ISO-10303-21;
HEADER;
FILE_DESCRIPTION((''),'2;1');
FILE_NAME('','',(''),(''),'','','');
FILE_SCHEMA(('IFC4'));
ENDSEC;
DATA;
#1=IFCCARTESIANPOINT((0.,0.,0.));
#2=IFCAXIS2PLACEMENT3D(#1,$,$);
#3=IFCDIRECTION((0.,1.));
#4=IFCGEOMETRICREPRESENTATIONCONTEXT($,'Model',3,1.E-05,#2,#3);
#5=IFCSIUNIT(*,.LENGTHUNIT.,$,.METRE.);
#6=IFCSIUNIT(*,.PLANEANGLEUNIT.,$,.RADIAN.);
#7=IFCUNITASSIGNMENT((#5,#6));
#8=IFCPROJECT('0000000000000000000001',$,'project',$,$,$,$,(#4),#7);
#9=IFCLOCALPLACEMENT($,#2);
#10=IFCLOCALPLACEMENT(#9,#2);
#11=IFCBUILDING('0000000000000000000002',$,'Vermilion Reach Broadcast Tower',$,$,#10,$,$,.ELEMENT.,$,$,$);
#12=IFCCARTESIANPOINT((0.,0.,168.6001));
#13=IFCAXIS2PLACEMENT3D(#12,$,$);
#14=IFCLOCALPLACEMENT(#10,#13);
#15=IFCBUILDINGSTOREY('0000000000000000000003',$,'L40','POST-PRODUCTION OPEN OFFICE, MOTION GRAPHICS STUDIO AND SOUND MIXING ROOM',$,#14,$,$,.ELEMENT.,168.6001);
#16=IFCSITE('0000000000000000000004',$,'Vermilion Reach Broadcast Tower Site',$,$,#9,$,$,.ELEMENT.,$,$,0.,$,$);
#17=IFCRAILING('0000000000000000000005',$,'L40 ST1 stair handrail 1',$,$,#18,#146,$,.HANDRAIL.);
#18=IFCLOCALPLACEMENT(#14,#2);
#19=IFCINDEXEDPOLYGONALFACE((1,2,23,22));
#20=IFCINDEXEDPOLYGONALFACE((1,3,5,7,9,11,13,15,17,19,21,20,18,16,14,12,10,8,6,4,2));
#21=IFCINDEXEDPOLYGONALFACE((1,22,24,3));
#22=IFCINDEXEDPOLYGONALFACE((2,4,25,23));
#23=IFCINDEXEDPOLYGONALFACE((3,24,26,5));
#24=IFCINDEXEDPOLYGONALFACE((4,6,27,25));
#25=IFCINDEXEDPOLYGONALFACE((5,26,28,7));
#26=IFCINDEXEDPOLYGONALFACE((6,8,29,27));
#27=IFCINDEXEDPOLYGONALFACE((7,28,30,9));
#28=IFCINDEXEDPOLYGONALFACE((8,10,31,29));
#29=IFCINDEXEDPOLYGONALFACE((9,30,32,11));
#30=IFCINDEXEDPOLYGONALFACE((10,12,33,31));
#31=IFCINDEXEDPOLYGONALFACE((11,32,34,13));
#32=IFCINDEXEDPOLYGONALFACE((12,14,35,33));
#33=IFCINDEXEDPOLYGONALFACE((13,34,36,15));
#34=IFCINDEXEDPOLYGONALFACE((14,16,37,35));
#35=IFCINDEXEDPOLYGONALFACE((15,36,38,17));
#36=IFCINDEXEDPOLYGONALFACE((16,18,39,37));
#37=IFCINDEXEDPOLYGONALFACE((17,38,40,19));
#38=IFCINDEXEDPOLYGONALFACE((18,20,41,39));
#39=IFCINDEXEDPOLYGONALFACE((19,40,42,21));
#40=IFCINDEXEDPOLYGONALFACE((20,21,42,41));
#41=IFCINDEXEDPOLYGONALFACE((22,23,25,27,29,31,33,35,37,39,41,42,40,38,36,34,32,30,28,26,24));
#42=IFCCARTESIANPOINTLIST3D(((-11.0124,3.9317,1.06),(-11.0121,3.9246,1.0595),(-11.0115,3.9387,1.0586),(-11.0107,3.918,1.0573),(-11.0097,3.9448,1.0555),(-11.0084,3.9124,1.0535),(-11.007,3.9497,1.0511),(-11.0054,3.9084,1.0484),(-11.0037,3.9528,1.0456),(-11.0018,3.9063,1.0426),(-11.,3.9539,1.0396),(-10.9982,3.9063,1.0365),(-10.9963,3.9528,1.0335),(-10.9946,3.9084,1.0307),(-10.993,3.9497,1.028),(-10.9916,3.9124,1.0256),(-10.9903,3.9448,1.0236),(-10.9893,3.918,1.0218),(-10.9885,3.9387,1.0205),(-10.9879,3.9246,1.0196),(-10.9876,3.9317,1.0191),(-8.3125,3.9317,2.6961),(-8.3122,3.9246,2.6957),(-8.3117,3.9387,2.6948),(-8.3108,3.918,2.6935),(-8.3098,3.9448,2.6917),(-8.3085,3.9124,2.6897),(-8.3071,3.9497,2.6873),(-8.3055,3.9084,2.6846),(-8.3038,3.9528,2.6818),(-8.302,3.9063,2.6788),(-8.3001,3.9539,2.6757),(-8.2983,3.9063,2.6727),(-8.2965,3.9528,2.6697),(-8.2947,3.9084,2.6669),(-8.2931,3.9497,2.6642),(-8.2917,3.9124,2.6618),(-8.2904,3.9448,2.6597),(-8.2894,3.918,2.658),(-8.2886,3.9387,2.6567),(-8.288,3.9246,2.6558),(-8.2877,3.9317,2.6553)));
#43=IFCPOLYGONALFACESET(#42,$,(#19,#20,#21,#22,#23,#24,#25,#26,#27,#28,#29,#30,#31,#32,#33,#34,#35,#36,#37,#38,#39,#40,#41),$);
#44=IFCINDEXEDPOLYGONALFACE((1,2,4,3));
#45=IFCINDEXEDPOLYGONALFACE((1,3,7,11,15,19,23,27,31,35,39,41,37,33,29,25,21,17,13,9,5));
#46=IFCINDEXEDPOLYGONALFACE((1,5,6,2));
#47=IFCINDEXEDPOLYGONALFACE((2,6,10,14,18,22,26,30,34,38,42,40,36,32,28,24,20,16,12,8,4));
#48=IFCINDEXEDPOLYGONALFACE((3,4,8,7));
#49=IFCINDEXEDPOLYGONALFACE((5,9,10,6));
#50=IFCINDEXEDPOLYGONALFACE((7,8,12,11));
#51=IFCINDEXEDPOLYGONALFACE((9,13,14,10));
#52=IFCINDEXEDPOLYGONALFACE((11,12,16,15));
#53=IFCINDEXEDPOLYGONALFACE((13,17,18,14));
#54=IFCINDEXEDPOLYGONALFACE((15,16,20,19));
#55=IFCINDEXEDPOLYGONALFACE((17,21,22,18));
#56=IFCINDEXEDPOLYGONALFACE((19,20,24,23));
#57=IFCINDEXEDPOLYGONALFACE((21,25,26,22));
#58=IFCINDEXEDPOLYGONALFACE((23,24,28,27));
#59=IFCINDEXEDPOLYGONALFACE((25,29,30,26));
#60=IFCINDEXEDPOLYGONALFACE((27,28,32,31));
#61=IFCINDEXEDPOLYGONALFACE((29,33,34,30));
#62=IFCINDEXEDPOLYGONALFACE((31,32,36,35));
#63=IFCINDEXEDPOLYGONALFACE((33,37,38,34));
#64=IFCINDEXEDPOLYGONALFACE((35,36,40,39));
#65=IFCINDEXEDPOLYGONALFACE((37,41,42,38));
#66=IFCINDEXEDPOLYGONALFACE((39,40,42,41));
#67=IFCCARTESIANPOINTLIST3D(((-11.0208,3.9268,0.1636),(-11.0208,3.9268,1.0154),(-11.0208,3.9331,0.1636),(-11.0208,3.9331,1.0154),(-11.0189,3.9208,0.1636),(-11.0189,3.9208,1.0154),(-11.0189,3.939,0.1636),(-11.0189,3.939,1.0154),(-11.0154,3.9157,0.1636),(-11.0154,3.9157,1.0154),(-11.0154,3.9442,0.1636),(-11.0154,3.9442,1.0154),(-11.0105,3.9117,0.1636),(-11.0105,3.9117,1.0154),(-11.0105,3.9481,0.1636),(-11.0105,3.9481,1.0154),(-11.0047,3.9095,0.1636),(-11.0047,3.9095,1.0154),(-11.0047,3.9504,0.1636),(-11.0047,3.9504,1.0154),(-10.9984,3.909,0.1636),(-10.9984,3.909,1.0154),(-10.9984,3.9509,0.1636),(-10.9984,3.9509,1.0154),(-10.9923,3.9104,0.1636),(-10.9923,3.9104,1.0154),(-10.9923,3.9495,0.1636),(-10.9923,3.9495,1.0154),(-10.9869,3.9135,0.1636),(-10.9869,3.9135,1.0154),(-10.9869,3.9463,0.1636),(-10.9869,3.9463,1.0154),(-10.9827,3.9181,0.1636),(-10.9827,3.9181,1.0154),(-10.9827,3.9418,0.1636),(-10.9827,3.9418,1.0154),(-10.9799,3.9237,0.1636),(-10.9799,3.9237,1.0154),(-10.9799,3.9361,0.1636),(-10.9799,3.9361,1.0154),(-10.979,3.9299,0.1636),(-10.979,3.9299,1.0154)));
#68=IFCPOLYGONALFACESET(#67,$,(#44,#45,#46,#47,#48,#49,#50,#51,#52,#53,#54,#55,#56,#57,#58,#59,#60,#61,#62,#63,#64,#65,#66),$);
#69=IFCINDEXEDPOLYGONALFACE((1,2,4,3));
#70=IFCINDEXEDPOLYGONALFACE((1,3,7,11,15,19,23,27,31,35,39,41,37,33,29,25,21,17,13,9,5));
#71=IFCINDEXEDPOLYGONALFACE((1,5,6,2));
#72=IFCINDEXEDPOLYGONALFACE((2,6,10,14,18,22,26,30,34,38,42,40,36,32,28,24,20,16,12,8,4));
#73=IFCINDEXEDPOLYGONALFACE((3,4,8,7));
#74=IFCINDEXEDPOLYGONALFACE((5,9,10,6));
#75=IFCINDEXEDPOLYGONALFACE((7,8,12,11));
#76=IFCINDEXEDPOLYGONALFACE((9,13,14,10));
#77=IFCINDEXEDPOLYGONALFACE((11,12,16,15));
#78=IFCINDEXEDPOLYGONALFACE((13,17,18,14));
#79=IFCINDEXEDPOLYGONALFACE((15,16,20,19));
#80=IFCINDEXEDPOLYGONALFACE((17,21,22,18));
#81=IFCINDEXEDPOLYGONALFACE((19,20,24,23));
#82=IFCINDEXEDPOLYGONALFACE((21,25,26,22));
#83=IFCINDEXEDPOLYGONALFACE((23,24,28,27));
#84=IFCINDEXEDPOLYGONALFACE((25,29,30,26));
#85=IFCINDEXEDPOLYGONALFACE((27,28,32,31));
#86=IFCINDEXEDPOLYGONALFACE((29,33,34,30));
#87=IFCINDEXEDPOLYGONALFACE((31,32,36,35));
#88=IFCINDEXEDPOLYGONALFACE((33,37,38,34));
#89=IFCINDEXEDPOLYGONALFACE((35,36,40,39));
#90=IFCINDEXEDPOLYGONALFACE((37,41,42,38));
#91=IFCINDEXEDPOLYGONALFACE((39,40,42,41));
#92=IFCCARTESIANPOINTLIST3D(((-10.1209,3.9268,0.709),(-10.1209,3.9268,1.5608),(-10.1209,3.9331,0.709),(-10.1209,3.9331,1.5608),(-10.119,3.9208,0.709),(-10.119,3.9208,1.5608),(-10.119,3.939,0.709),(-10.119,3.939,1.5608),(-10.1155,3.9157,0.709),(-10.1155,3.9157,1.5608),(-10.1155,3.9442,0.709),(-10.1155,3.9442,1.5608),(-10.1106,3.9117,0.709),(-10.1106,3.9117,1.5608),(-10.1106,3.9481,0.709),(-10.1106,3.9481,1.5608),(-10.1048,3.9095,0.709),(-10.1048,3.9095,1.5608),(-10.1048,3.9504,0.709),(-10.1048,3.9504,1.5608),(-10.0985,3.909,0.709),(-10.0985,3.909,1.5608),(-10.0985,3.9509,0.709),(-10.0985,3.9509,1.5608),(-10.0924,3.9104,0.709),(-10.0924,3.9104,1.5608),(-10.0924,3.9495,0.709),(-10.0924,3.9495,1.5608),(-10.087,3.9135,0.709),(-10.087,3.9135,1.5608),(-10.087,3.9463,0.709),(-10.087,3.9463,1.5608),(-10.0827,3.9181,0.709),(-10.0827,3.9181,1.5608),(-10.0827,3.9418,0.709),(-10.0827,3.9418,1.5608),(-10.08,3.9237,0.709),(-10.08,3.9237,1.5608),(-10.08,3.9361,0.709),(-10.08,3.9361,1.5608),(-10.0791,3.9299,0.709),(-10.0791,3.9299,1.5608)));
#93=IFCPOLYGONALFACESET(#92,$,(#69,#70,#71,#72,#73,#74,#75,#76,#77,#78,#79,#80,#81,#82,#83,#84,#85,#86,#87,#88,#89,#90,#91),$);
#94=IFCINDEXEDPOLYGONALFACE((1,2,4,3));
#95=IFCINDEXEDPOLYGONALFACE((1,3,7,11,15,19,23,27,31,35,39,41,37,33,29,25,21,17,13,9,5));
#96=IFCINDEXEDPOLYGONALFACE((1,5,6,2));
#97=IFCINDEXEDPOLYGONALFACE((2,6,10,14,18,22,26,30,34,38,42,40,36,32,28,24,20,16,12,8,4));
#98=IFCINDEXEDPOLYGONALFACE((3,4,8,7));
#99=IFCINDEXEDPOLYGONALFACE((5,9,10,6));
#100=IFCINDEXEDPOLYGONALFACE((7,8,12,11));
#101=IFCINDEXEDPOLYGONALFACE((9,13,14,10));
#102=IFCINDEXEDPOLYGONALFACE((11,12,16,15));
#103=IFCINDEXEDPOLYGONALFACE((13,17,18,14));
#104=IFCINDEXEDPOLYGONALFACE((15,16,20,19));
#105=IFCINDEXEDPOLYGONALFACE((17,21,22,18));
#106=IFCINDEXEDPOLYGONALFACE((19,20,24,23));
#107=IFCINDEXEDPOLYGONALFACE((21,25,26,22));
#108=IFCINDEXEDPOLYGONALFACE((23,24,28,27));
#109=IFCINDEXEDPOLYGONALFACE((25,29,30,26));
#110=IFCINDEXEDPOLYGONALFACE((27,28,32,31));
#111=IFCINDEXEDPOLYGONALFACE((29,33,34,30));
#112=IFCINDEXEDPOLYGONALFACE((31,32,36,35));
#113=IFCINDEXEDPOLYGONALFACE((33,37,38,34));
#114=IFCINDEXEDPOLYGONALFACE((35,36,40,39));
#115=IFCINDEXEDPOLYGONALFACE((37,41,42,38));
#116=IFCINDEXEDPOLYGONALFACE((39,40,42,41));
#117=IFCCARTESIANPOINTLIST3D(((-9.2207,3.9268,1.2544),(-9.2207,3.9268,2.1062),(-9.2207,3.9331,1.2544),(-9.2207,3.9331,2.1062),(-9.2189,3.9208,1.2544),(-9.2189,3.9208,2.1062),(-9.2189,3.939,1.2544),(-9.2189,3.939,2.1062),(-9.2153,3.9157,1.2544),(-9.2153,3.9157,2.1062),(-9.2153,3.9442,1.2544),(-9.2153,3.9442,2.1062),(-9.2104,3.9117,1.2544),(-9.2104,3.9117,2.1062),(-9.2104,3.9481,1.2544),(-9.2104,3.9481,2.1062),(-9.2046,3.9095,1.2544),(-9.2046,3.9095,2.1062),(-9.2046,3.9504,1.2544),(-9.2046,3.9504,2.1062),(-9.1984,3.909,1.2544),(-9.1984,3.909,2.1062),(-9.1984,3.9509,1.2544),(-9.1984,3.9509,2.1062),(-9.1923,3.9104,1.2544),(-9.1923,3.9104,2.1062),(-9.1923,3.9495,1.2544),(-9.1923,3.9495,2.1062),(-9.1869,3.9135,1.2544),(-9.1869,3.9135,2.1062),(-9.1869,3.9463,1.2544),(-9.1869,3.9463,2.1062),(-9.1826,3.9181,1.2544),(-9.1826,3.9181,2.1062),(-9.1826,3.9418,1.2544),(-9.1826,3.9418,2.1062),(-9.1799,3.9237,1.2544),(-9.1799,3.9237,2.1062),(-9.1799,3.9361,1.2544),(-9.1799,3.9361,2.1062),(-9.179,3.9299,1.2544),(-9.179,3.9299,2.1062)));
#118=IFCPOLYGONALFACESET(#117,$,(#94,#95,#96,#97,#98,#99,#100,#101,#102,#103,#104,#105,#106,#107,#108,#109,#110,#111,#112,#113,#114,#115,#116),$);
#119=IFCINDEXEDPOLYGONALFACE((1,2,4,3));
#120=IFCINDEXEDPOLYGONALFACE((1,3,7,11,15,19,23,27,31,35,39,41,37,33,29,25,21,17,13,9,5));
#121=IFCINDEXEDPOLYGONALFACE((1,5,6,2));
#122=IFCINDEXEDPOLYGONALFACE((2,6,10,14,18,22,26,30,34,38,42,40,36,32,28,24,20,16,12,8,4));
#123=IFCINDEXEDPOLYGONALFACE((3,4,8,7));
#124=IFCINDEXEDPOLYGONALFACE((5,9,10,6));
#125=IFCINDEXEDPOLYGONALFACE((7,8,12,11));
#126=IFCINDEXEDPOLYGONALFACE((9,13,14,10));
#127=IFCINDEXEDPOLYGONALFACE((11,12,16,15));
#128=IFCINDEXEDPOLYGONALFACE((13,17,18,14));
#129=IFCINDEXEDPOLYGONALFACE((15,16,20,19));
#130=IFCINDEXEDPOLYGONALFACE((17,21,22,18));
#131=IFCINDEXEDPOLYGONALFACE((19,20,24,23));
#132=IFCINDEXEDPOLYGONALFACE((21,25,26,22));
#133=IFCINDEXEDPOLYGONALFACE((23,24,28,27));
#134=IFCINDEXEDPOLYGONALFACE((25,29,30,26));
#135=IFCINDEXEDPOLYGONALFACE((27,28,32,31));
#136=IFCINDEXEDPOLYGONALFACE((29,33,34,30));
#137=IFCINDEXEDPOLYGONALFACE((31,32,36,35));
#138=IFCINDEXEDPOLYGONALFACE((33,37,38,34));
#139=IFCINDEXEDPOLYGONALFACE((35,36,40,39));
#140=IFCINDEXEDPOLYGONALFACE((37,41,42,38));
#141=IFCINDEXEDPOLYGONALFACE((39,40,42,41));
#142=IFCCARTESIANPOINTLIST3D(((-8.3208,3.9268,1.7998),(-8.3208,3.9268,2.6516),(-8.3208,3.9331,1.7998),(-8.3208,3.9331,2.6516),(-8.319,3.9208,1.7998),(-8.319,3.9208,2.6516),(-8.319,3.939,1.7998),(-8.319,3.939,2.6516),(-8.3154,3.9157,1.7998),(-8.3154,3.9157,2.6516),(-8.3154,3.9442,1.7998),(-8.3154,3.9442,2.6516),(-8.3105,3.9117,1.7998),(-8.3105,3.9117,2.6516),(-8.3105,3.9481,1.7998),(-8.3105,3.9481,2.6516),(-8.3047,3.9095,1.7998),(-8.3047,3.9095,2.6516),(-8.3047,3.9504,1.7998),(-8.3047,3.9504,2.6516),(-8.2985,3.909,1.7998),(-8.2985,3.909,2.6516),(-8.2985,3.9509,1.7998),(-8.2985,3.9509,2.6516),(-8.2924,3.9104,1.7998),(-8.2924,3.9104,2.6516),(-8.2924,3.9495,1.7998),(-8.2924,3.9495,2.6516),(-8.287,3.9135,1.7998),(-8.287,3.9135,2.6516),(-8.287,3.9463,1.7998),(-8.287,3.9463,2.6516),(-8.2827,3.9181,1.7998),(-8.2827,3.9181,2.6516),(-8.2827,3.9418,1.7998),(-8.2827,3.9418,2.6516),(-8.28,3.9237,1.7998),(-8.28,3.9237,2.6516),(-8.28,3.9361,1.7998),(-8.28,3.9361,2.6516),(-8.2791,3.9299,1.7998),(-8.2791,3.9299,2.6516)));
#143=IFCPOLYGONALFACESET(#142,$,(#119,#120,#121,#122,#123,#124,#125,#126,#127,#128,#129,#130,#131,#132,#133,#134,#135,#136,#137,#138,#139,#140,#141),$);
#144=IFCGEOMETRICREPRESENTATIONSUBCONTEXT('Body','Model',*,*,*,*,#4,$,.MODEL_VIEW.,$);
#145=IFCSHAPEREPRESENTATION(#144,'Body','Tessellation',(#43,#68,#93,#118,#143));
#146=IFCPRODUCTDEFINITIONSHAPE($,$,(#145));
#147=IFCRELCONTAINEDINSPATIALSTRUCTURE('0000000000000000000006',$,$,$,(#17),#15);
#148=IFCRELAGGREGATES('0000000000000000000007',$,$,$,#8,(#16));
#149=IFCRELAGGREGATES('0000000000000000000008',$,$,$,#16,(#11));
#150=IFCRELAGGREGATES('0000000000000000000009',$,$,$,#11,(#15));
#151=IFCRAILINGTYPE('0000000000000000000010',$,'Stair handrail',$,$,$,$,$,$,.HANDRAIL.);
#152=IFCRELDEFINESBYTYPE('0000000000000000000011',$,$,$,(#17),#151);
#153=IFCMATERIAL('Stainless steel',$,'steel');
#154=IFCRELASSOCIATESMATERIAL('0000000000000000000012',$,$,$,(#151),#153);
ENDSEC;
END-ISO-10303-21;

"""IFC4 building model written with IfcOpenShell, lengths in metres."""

from ifc_helpers import new_model, si_unit, direction, frame, origin, origin_2d, place, context, subcontext, project, spatial, circle, extrude, material, type_object, element, save


model = new_model("IFC4")

# Units and contexts
model_context = context("Model", 3, precision=1e-05, world=origin(), true_north=direction((0.0, 1.0)))
body_context = subcontext(model_context, "Body", "Model", "MODEL_VIEW")
ifc_project = project(units=[si_unit("LENGTHUNIT", "METRE"), si_unit("PLANEANGLEUNIT", "RADIAN")], contexts=[model_context])

# Site, building, storey
site_placement = place(None, origin())
site = spatial("IfcSite", under=ifc_project, at=site_placement, Name="Vermilion Reach Broadcast Tower Site", CompositionType="ELEMENT", RefElevation=0.0)
building_placement = place(site_placement, origin())
building = spatial("IfcBuilding", under=site, at=building_placement, Name="Vermilion Reach Broadcast Tower", CompositionType="ELEMENT")
storey_placement = place(building_placement, frame((0.0, 0.0, 168.6001)))
storey = spatial("IfcBuildingStorey", under=building, at=storey_placement, Name="L40", Description="POST-PRODUCTION OPEN OFFICE, MOTION GRAPHICS STUDIO AND SOUND MIXING ROOM", CompositionType="ELEMENT", Elevation=168.6001)

# Railing
ifc_material_1 = material(Name="Stainless steel", Category="steel")
railing_type_1 = type_object("IfcRailingType", Name="Stair handrail", PredefinedType="HANDRAIL", material=ifc_material_1)
railing_1_placement = place(storey_placement, frame((-11.0, 3.9299, 0.1636)))
element("IfcRailing", 1, at=railing_1_placement, inside=storey, type_object=railing_type_1, Name="L40 ST1 stair handrail 1", PredefinedType="HANDRAIL", context=body_context, shape_type="SweptSolid", body=[
    extrude(circle(Radius=0.0239, at=origin_2d()), frame((0.0, 0.0, 0.876), z_axis=(0.855212, 0.0, 0.518278), x_axis=(0.0, 1.0, 0.0)), (0.0, 0.0, 1.0), 3.157),
    extrude(circle(Radius=0.021, at=origin_2d()), origin(), (0.0, 0.0, 1.0), 0.8518),
    extrude(circle(Radius=0.021, at=origin_2d()), frame((0.8999, 0.0, 0.5454)), (0.0, 0.0, 1.0), 0.8518),
    extrude(circle(Radius=0.021, at=origin_2d()), frame((1.8, 0.0, 1.0908)), (0.0, 0.0, 1.0), 0.8518),
    extrude(circle(Radius=0.021, at=origin_2d()), frame((2.7, 0.0, 1.6362)), (0.0, 0.0, 1.0), 0.8518),
])

save(model, "model.ifc")
